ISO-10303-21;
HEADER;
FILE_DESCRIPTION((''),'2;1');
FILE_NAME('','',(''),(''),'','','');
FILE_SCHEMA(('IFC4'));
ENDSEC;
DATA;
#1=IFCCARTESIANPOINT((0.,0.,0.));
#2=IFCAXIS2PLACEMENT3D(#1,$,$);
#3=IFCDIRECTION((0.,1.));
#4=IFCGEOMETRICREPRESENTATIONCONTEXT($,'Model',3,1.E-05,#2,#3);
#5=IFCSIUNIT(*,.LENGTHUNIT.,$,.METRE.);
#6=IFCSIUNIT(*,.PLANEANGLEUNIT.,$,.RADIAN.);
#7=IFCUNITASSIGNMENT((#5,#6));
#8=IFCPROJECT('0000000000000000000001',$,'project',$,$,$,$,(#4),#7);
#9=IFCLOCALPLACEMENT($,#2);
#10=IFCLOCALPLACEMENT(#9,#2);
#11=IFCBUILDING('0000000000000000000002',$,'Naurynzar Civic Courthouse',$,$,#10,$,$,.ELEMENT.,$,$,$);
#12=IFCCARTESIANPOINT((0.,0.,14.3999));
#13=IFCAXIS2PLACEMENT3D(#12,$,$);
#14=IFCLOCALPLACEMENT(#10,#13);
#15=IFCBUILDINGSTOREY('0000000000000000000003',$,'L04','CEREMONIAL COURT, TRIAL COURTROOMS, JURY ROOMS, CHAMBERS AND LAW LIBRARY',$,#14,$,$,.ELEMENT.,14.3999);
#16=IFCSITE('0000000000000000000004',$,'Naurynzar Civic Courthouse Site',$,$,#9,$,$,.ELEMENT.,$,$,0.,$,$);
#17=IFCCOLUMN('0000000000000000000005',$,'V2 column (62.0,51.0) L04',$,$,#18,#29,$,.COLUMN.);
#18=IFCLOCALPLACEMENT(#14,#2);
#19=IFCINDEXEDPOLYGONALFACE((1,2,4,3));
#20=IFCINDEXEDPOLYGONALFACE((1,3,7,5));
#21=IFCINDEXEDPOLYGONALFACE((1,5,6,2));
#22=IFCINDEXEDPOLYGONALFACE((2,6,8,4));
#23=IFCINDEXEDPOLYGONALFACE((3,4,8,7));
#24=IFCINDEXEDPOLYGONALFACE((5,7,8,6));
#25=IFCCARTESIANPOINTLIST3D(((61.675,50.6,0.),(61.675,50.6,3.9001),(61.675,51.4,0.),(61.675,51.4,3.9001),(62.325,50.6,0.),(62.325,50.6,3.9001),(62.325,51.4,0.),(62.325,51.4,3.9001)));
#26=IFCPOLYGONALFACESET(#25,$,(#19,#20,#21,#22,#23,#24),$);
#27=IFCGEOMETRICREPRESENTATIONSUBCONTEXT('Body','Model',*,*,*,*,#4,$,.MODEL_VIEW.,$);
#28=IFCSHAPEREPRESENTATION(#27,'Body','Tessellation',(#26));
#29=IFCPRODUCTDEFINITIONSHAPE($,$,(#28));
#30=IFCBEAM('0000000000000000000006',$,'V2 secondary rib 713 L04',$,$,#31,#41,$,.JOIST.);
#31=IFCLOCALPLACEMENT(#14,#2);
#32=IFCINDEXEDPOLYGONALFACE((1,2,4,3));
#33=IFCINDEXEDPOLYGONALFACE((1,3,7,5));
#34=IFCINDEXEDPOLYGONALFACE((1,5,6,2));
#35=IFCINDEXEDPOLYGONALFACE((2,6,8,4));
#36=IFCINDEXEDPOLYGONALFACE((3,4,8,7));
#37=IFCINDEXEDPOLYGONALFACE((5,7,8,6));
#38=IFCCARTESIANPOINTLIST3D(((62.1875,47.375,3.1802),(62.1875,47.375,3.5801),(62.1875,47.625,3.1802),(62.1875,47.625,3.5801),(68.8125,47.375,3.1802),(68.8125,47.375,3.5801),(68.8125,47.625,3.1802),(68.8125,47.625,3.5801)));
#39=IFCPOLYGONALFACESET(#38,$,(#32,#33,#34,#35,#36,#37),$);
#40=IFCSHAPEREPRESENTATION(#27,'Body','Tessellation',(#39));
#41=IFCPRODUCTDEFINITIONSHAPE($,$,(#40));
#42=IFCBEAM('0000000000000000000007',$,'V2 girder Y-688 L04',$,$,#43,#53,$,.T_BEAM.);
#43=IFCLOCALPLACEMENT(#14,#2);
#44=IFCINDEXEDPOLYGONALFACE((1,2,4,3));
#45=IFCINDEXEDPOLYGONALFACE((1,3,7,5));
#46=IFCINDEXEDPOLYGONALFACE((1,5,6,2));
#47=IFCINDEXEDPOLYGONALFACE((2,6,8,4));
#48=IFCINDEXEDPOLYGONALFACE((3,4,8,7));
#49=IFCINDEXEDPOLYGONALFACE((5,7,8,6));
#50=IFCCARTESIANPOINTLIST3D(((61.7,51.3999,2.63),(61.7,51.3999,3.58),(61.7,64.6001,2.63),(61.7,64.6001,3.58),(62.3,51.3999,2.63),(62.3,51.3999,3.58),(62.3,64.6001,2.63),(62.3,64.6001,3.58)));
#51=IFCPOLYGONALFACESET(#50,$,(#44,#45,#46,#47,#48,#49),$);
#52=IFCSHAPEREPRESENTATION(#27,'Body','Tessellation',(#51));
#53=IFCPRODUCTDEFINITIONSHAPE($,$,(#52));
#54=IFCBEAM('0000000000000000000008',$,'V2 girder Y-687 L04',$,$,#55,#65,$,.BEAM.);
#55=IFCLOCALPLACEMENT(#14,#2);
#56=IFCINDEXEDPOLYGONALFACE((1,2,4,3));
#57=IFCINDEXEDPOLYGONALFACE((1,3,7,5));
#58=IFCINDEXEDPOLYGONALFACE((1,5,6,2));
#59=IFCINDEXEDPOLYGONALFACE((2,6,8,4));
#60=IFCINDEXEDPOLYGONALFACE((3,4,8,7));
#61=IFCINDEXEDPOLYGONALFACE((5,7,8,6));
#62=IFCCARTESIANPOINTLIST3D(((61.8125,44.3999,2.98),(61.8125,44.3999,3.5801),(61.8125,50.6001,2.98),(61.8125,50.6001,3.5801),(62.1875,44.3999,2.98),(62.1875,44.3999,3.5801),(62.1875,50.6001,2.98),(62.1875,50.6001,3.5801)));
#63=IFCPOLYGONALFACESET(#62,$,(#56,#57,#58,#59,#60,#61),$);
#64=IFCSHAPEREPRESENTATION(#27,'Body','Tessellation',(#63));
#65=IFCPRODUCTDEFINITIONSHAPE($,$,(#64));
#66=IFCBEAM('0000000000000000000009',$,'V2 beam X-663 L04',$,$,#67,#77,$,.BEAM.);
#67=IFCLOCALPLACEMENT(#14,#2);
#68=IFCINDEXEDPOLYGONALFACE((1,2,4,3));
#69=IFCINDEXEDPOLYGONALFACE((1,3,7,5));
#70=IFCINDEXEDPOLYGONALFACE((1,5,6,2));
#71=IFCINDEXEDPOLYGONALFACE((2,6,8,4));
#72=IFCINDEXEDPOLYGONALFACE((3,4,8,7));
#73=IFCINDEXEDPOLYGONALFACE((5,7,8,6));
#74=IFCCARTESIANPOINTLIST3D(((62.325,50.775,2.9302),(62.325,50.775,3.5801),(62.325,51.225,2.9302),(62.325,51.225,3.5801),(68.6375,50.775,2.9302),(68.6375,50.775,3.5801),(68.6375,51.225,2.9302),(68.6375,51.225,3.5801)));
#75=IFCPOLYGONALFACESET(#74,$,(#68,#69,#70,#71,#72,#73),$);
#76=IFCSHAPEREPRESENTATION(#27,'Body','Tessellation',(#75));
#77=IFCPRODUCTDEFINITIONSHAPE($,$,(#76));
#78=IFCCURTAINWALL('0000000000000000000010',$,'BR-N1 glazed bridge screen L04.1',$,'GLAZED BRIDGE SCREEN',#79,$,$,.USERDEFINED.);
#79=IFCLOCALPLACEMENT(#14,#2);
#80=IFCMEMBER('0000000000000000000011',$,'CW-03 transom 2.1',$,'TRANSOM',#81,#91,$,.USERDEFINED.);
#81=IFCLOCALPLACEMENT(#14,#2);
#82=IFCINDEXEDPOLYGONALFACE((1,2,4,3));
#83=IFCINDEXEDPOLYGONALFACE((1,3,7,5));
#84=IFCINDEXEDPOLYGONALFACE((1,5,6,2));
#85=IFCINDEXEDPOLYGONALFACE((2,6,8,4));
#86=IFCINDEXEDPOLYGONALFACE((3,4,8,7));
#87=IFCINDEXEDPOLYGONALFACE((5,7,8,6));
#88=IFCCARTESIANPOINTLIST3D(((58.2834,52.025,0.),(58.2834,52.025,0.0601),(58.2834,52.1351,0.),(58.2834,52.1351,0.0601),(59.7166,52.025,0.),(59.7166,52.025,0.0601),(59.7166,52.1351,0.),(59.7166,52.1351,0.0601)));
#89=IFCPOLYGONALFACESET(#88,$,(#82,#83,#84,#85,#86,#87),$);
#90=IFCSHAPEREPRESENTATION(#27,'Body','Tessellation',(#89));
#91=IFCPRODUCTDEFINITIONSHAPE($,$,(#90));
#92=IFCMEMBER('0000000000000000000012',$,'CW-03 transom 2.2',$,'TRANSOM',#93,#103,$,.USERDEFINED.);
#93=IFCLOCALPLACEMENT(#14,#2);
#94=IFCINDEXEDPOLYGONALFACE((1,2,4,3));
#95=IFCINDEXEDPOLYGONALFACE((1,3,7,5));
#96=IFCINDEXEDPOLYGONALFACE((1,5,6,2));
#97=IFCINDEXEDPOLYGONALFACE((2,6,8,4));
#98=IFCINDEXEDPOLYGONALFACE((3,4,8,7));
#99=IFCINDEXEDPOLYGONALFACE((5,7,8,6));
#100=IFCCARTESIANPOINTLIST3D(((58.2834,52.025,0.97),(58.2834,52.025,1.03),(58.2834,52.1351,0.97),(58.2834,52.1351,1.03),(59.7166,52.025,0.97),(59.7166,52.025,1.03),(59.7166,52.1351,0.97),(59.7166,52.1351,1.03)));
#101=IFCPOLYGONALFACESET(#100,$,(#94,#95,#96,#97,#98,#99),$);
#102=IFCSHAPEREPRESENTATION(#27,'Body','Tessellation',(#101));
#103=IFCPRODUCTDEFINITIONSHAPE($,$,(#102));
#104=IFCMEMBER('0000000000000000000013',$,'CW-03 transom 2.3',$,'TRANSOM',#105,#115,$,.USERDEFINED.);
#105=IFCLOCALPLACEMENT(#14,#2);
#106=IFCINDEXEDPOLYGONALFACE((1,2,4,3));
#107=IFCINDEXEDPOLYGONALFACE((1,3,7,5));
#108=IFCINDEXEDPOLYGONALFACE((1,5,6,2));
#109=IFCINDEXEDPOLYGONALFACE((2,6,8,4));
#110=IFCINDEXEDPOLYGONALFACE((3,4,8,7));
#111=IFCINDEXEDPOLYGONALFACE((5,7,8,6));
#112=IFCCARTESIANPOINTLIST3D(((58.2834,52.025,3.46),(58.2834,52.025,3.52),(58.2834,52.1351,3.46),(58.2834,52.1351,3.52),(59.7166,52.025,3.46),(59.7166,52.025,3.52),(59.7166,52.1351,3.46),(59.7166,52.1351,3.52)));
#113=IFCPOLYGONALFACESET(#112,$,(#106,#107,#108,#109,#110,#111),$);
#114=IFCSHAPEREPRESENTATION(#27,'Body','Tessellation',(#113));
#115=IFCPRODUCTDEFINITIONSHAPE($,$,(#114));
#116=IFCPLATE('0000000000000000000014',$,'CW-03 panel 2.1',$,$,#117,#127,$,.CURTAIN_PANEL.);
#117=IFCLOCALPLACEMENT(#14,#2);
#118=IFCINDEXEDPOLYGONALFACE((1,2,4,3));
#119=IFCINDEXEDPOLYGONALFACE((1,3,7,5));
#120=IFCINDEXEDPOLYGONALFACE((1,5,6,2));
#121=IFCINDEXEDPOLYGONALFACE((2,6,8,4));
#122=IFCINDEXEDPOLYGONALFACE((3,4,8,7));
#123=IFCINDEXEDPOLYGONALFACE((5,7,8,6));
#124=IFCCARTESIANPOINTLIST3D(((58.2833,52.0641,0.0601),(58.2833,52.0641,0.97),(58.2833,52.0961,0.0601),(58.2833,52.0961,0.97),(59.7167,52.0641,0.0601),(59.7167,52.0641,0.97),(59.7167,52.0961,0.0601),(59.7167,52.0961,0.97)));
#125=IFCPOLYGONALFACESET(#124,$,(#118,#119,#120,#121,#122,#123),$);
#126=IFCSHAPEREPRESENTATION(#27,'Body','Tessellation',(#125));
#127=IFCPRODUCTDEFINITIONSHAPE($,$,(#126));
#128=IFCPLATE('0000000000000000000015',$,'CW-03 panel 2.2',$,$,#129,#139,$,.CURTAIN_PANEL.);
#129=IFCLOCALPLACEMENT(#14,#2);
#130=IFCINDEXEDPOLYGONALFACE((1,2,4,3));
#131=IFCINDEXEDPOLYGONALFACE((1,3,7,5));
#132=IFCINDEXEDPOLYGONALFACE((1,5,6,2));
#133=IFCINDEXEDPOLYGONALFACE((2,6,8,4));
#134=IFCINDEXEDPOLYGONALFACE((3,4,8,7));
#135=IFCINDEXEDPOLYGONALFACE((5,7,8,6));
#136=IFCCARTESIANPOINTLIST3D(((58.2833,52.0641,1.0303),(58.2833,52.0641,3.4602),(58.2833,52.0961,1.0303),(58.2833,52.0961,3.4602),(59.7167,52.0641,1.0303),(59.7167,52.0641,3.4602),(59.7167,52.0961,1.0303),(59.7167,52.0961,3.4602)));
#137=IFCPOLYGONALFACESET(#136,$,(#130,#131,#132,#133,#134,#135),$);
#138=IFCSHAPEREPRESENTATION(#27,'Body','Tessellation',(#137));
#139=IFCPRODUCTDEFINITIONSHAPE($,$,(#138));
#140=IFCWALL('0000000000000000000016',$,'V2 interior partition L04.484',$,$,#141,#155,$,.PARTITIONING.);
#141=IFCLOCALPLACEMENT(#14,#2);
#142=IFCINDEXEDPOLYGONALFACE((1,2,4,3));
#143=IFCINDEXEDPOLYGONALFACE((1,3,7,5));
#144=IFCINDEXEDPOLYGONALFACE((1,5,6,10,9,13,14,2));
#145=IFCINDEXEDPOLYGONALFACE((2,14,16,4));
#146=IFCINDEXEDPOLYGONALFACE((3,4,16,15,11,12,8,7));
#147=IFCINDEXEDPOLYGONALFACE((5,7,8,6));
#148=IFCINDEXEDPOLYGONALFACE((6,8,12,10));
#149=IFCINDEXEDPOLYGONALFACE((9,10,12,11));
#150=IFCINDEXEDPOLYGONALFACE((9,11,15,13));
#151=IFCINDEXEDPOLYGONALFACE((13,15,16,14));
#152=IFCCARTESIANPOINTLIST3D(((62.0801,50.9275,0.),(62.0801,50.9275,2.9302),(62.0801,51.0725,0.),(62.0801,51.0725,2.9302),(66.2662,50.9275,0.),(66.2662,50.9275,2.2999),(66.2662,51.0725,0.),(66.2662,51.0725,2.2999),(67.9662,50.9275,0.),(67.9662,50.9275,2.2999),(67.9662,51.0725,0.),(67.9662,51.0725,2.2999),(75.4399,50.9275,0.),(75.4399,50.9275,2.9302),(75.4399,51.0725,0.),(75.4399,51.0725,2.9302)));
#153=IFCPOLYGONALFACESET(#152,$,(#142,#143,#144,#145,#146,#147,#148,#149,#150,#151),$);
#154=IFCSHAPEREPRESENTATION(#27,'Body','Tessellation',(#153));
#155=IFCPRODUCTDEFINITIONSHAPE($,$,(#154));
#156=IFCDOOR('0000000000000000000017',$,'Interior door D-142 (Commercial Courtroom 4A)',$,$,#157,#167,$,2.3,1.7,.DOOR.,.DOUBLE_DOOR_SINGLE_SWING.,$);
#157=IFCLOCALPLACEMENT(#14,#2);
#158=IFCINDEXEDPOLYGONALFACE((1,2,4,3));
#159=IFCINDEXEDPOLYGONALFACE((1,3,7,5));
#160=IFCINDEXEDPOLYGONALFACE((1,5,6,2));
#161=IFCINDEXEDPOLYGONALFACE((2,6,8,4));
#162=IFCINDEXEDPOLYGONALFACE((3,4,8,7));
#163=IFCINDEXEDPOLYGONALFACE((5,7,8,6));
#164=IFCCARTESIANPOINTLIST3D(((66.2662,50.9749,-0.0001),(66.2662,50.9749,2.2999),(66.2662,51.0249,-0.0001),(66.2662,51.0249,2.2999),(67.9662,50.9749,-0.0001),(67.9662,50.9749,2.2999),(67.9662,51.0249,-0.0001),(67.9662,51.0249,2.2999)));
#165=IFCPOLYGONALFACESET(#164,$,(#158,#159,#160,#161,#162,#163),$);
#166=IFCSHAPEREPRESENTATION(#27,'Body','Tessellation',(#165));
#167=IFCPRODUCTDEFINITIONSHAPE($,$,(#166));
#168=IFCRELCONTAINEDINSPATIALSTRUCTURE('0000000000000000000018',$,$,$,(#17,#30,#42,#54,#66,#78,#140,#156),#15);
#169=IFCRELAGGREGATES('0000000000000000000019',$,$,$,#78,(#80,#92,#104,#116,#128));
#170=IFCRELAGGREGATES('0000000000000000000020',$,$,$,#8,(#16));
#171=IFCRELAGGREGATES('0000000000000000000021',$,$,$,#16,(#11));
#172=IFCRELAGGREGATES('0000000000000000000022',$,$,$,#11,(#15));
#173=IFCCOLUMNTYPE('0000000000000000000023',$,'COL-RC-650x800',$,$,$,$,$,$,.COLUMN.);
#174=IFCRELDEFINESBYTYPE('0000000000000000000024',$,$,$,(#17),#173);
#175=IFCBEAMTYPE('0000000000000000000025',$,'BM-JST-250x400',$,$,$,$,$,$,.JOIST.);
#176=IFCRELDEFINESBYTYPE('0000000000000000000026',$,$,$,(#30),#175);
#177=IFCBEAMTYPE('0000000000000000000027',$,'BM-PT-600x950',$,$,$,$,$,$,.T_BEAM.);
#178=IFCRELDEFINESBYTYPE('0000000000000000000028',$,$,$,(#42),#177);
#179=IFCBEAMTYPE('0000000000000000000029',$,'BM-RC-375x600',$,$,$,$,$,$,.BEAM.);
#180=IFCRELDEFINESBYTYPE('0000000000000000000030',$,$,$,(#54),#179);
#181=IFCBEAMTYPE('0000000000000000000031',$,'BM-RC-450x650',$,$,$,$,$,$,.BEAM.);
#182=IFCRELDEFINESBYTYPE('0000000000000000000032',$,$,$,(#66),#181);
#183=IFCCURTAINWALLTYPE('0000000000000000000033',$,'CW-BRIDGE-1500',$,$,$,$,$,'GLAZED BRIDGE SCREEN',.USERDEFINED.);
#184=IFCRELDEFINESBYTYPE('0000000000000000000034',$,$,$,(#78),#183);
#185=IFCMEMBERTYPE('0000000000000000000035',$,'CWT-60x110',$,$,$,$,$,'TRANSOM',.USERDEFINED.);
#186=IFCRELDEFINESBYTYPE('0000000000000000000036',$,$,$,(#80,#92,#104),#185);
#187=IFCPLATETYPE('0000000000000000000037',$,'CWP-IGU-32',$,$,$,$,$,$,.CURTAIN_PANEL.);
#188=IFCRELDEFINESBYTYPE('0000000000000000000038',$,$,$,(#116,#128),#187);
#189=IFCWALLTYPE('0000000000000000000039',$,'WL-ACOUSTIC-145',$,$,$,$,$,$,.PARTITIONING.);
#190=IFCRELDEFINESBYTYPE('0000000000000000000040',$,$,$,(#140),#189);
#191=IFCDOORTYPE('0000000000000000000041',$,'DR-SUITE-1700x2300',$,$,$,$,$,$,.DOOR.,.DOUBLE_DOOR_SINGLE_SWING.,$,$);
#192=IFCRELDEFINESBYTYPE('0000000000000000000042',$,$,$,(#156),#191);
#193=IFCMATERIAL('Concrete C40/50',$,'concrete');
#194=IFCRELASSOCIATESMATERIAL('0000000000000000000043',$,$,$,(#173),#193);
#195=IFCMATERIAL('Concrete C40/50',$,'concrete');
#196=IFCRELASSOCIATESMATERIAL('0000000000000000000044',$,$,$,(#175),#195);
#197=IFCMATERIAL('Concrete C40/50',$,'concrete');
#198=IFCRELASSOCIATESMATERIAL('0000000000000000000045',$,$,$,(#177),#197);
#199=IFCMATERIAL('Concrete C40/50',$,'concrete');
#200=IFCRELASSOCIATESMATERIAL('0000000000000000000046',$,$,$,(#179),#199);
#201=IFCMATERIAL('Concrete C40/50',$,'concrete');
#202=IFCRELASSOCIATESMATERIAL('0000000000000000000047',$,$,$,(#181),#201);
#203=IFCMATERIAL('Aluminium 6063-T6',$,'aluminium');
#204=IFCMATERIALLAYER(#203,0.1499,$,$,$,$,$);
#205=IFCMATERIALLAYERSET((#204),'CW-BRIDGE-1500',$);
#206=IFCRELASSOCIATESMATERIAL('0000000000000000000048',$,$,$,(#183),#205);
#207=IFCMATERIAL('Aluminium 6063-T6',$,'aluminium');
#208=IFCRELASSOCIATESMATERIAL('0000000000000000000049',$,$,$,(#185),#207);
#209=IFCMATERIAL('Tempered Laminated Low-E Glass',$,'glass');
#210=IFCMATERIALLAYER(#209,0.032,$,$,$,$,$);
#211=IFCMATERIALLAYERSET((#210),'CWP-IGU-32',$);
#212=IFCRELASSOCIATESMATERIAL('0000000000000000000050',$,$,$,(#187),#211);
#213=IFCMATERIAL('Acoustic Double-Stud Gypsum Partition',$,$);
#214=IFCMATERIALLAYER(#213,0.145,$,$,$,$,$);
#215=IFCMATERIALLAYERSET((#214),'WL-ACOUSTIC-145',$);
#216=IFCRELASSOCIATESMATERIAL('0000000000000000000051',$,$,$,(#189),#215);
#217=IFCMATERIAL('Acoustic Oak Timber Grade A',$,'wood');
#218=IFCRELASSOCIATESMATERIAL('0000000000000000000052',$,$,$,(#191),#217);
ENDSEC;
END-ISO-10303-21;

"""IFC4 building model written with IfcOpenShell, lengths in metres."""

from ifc_helpers import new_model, si_unit, direction, frame, frame_2d, origin, origin_2d, place, context, subcontext, project, spatial, rectangle, extrude, material, layer, layer_set, material_profile, profile_set, type_object, element, fill, aggregate, save


model = new_model("IFC4")

# Units and contexts
model_context = context("Model", 3, precision=1e-05, world=origin(), true_north=direction((0.0, 1.0)))
body_context = subcontext(model_context, "Body", "Model", "MODEL_VIEW")
ifc_project = project(units=[si_unit("LENGTHUNIT", "METRE"), si_unit("PLANEANGLEUNIT", "RADIAN")], contexts=[model_context])

# Site, building, storey
site_placement = place(None, origin())
site = spatial("IfcSite", under=ifc_project, at=site_placement, Name="Naurynzar Civic Courthouse Site", CompositionType="ELEMENT", RefElevation=0.0)
building_placement = place(site_placement, origin())
building = spatial("IfcBuilding", under=site, at=building_placement, Name="Naurynzar Civic Courthouse", CompositionType="ELEMENT")
storey_placement = place(building_placement, frame((0.0, 0.0, 14.3999)))
storey = spatial("IfcBuildingStorey", under=building, at=storey_placement, Name="L04", Description="CEREMONIAL COURT, TRIAL COURTROOMS, JURY ROOMS, CHAMBERS AND LAW LIBRARY", CompositionType="ELEMENT", Elevation=14.3999)

# Column
ifc_material_1 = material(Name="Concrete C40/50", Category="concrete")
ifc_material_profile_1 = material_profile(ifc_material_1, rectangle(XDim=0.6499, YDim=0.8, at=origin_2d()), Name="RC 650x800")
ifc_profile_set_1 = profile_set([ifc_material_profile_1], Name="Concrete C40/50")
column_type = type_object("IfcColumnType", Name="COL-RC-650x800", PredefinedType="COLUMN", material=ifc_profile_set_1)
column_placement = place(storey_placement, frame((62.0, 51.0, 0.0), z_axis=(0.0, 0.0, 1.0), x_axis=(1.0, 0.0, 0.0)))
element("IfcColumn", 1, at=column_placement, inside=storey, type_object=column_type, Name="V2 column (62.0,51.0) L04", PredefinedType="COLUMN", context=body_context, shape_type="SweptSolid", body=[
    extrude(rectangle(XDim=0.6499, YDim=0.8, at=origin_2d()), origin(), (0.0, 0.0, 1.0), 3.9001),
])

# Beams
ifc_material_2 = material(Name="Concrete C40/50", Category="concrete")
ifc_material_profile_2 = material_profile(ifc_material_2, rectangle(XDim=0.25, YDim=0.3999, at=origin_2d()), Name="RCB 250x400")
ifc_profile_set_2 = profile_set([ifc_material_profile_2], Name="Concrete C40/50")
beam_type_1 = type_object("IfcBeamType", Name="BM-JST-250x400", PredefinedType="JOIST", material=ifc_profile_set_2)
beam_1_placement = place(storey_placement, frame((62.1875, 47.5, 3.3801), z_axis=(1.0, 0.0, 0.0), x_axis=(0.0, 1.0, 0.0)))
element("IfcBeam", 2, at=beam_1_placement, inside=storey, type_object=beam_type_1, Name="V2 secondary rib 713 L04", PredefinedType="JOIST", context=body_context, shape_type="SweptSolid", body=[
    extrude(rectangle(XDim=0.25, YDim=0.3999, at=origin_2d()), origin(), (0.0, 0.0, 1.0), 6.625),
])
ifc_material_3 = material(Name="Concrete C40/50", Category="concrete")
ifc_material_profile_3 = material_profile(ifc_material_3, rectangle(XDim=0.6001, YDim=0.95, at=origin_2d()), Name="PTB 600x950")
ifc_profile_set_3 = profile_set([ifc_material_profile_3], Name="Concrete C40/50")
beam_type_2 = type_object("IfcBeamType", Name="BM-PT-600x950", PredefinedType="T_BEAM", material=ifc_profile_set_3)
beam_2_placement = place(storey_placement, frame((62.0, 51.3999, 3.105), z_axis=(0.0, 1.0, 0.0), x_axis=(-1.0, 0.0, 0.0)))
element("IfcBeam", 3, at=beam_2_placement, inside=storey, type_object=beam_type_2, Name="V2 girder Y-688 L04", PredefinedType="T_BEAM", context=body_context, shape_type="SweptSolid", body=[
    extrude(rectangle(XDim=0.6001, YDim=0.95, at=origin_2d()), origin(), (0.0, 0.0, 1.0), 13.2002),
])
ifc_material_4 = material(Name="Concrete C40/50", Category="concrete")
ifc_material_profile_4 = material_profile(ifc_material_4, rectangle(XDim=0.375, YDim=0.6001, at=origin_2d()), Name="RCB 375x600")
ifc_profile_set_4 = profile_set([ifc_material_profile_4], Name="Concrete C40/50")
beam_type_3 = type_object("IfcBeamType", Name="BM-RC-375x600", PredefinedType="BEAM", material=ifc_profile_set_4)
beam_3_placement = place(storey_placement, frame((62.0, 44.3999, 3.28), z_axis=(0.0, 1.0, 0.0), x_axis=(-1.0, 0.0, 0.0)))
element("IfcBeam", 4, at=beam_3_placement, inside=storey, type_object=beam_type_3, Name="V2 girder Y-687 L04", PredefinedType="BEAM", context=body_context, shape_type="SweptSolid", body=[
    extrude(rectangle(XDim=0.375, YDim=0.6001, at=origin_2d()), origin(), (0.0, 0.0, 1.0), 6.2002),
])
ifc_material_5 = material(Name="Concrete C40/50", Category="concrete")
ifc_material_profile_5 = material_profile(ifc_material_5, rectangle(XDim=0.45, YDim=0.6499, at=origin_2d()), Name="RCB 450x650")
ifc_profile_set_5 = profile_set([ifc_material_profile_5], Name="Concrete C40/50")
beam_type_4 = type_object("IfcBeamType", Name="BM-RC-450x650", PredefinedType="BEAM", material=ifc_profile_set_5)
beam_4_placement = place(storey_placement, frame((62.325, 51.0, 3.2551), z_axis=(1.0, 0.0, 0.0), x_axis=(0.0, 1.0, 0.0)))
element("IfcBeam", 5, at=beam_4_placement, inside=storey, type_object=beam_type_4, Name="V2 beam X-663 L04", PredefinedType="BEAM", context=body_context, shape_type="SweptSolid", body=[
    extrude(rectangle(XDim=0.45, YDim=0.6499, at=origin_2d()), origin(), (0.0, 0.0, 1.0), 6.3125),
])

# Curtain wall, members, plates
ifc_material_6 = material(Name="Aluminium 6063-T6", Category="aluminium")
ifc_layer_1 = layer(ifc_material_6, 0.1499)
ifc_layer_set_1 = layer_set([ifc_layer_1], Name="CW-BRIDGE-1500")
curtain_wall_type = type_object("IfcCurtainWallType", Name="CW-BRIDGE-1500", ElementType="GLAZED BRIDGE SCREEN", PredefinedType="USERDEFINED", material=ifc_layer_set_1)
curtain_wall_placement = place(storey_placement, origin())
curtain_wall = element("IfcCurtainWall", 6, at=curtain_wall_placement, inside=storey, type_object=curtain_wall_type, Name="BR-N1 glazed bridge screen L04.1", ObjectType="GLAZED BRIDGE SCREEN", PredefinedType="USERDEFINED")
ifc_material_7 = material(Name="Aluminium 6063-T6", Category="aluminium")
ifc_material_profile_6 = material_profile(ifc_material_7, rectangle(XDim=0.1101, YDim=0.0601, at=origin_2d()), Name="ALU TRANSOM 60x110")
ifc_profile_set_6 = profile_set([ifc_material_profile_6], Name="Aluminium 6063-T6")
member_type = type_object("IfcMemberType", Name="CWT-60x110", ElementType="TRANSOM", PredefinedType="USERDEFINED", material=ifc_profile_set_6)
member_1_placement = place(storey_placement, frame((58.2834, 52.0801, 0.03), z_axis=(1.0, 0.0, 0.0), x_axis=(0.0, 1.0, 0.0)))
member_1 = element("IfcMember", 7, at=member_1_placement, type_object=member_type, Name="CW-03 transom 2.1", ObjectType="TRANSOM", PredefinedType="USERDEFINED", context=body_context, shape_type="SweptSolid", body=[
    extrude(rectangle(XDim=0.1101, YDim=0.0601, at=origin_2d()), origin(), (0.0, 0.0, 1.0), 1.4331),
])
member_2_placement = place(storey_placement, frame((58.2834, 52.0801, 1.0), z_axis=(1.0, 0.0, 0.0), x_axis=(0.0, 1.0, 0.0)))
member_2 = element("IfcMember", 8, at=member_2_placement, type_object=member_type, Name="CW-03 transom 2.2", ObjectType="TRANSOM", PredefinedType="USERDEFINED", context=body_context, shape_type="SweptSolid", body=[
    extrude(rectangle(XDim=0.1101, YDim=0.0601, at=origin_2d()), origin(), (0.0, 0.0, 1.0), 1.4331),
])
member_3_placement = place(storey_placement, frame((58.2834, 52.0801, 3.49), z_axis=(1.0, 0.0, 0.0), x_axis=(0.0, 1.0, 0.0)))
member_3 = element("IfcMember", 9, at=member_3_placement, type_object=member_type, Name="CW-03 transom 2.3", ObjectType="TRANSOM", PredefinedType="USERDEFINED", context=body_context, shape_type="SweptSolid", body=[
    extrude(rectangle(XDim=0.1101, YDim=0.0601, at=origin_2d()), origin(), (0.0, 0.0, 1.0), 1.4331),
])
ifc_material_8 = material(Name="Tempered Laminated Low-E Glass", Category="glass")
ifc_layer_2 = layer(ifc_material_8, 0.032)
ifc_layer_set_2 = layer_set([ifc_layer_2], Name="CWP-IGU-32")
plate_type = type_object("IfcPlateType", Name="CWP-IGU-32", PredefinedType="CURTAIN_PANEL", material=ifc_layer_set_2)
plate_1_placement = place(storey_placement, frame((59.0, 52.0801, 0.0601), z_axis=(0.0, 0.0, 1.0), x_axis=(1.0, 0.0, 0.0)))
plate_1 = element("IfcPlate", 10, at=plate_1_placement, type_object=plate_type, Name="CW-03 panel 2.1", PredefinedType="CURTAIN_PANEL", context=body_context, shape_type="SweptSolid", body=[
    extrude(rectangle(XDim=1.4333, YDim=0.032, at=origin_2d()), origin(), (0.0, 0.0, 1.0), 0.9099),
])
plate_2_placement = place(storey_placement, frame((59.0, 52.0801, 1.0303), z_axis=(0.0, 0.0, 1.0), x_axis=(1.0, 0.0, 0.0)))
plate_2 = element("IfcPlate", 11, at=plate_2_placement, type_object=plate_type, Name="CW-03 panel 2.2", PredefinedType="CURTAIN_PANEL", context=body_context, shape_type="SweptSolid", body=[
    extrude(rectangle(XDim=1.4333, YDim=0.032, at=origin_2d()), origin(), (0.0, 0.0, 1.0), 2.4299),
])
aggregate(curtain_wall, [member_1, member_2, member_3, plate_1, plate_2])

# Wall, opening, door
ifc_material_9 = material(Name="Acoustic Double-Stud Gypsum Partition")
ifc_layer_3 = layer(ifc_material_9, 0.145)
ifc_layer_set_3 = layer_set([ifc_layer_3], Name="WL-ACOUSTIC-145")
wall_type_1 = type_object("IfcWallType", Name="WL-ACOUSTIC-145", PredefinedType="PARTITIONING", material=ifc_layer_set_3)
wall_1_placement = place(storey_placement, frame((62.0801, 51.0, 0.0), z_axis=(0.0, 0.0, 1.0), x_axis=(1.0, 0.0, 0.0)))
wall_1 = element("IfcWall", 12, at=wall_1_placement, inside=storey, type_object=wall_type_1, Name="V2 interior partition L04.484", PredefinedType="PARTITIONING", context=body_context, shape_type="SweptSolid", body=[
    extrude(rectangle(XDim=13.3599, YDim=0.145, at=frame_2d((6.6799, 0.0))), origin(), (0.0, 0.0, 1.0), 2.9302),
])
opening_1_placement = place(wall_1_placement, frame((4.186, 0.0, 0.0)))
opening_1 = element("IfcOpeningElement", 13, at=opening_1_placement, cuts=wall_1, PredefinedType="OPENING", context=body_context, shape_type="SweptSolid", body=[
    extrude(rectangle(XDim=1.7, YDim=2.3, at=frame_2d((0.8501, 1.1499))), frame((0.0, 0.0825, 0.0), z_axis=(0.0, -1.0, 0.0), x_axis=(1.0, 0.0, 0.0)), (0.0, 0.0, 1.0), 0.165),
])
ifc_material_10 = material(Name="Acoustic Oak Timber Grade A", Category="wood")
door_type_1 = type_object("IfcDoorType", Name="DR-SUITE-1700x2300", OperationType="DOUBLE_DOOR_SINGLE_SWING", PredefinedType="DOOR", material=ifc_material_10)
door_1_placement = place(opening_1_placement, origin())
door_1 = element("IfcDoor", 14, at=door_1_placement, inside=storey, type_object=door_type_1, Name="Interior door D-142 (Commercial Courtroom 4A)", OperationType="DOUBLE_DOOR_SINGLE_SWING", OverallHeight=2.3, OverallWidth=1.7, PredefinedType="DOOR", context=body_context, shape_type="SweptSolid", body=[
    extrude(rectangle(XDim=1.7, YDim=2.3, at=frame_2d((0.8501, 1.1499))), frame((0.0, 0.0249, 0.0), z_axis=(0.0, -1.0, 0.0), x_axis=(1.0, 0.0, 0.0)), (0.0, 0.0, 1.0), 0.05),
])
fill(opening_1, door_1)

save(model, "model.ifc")
